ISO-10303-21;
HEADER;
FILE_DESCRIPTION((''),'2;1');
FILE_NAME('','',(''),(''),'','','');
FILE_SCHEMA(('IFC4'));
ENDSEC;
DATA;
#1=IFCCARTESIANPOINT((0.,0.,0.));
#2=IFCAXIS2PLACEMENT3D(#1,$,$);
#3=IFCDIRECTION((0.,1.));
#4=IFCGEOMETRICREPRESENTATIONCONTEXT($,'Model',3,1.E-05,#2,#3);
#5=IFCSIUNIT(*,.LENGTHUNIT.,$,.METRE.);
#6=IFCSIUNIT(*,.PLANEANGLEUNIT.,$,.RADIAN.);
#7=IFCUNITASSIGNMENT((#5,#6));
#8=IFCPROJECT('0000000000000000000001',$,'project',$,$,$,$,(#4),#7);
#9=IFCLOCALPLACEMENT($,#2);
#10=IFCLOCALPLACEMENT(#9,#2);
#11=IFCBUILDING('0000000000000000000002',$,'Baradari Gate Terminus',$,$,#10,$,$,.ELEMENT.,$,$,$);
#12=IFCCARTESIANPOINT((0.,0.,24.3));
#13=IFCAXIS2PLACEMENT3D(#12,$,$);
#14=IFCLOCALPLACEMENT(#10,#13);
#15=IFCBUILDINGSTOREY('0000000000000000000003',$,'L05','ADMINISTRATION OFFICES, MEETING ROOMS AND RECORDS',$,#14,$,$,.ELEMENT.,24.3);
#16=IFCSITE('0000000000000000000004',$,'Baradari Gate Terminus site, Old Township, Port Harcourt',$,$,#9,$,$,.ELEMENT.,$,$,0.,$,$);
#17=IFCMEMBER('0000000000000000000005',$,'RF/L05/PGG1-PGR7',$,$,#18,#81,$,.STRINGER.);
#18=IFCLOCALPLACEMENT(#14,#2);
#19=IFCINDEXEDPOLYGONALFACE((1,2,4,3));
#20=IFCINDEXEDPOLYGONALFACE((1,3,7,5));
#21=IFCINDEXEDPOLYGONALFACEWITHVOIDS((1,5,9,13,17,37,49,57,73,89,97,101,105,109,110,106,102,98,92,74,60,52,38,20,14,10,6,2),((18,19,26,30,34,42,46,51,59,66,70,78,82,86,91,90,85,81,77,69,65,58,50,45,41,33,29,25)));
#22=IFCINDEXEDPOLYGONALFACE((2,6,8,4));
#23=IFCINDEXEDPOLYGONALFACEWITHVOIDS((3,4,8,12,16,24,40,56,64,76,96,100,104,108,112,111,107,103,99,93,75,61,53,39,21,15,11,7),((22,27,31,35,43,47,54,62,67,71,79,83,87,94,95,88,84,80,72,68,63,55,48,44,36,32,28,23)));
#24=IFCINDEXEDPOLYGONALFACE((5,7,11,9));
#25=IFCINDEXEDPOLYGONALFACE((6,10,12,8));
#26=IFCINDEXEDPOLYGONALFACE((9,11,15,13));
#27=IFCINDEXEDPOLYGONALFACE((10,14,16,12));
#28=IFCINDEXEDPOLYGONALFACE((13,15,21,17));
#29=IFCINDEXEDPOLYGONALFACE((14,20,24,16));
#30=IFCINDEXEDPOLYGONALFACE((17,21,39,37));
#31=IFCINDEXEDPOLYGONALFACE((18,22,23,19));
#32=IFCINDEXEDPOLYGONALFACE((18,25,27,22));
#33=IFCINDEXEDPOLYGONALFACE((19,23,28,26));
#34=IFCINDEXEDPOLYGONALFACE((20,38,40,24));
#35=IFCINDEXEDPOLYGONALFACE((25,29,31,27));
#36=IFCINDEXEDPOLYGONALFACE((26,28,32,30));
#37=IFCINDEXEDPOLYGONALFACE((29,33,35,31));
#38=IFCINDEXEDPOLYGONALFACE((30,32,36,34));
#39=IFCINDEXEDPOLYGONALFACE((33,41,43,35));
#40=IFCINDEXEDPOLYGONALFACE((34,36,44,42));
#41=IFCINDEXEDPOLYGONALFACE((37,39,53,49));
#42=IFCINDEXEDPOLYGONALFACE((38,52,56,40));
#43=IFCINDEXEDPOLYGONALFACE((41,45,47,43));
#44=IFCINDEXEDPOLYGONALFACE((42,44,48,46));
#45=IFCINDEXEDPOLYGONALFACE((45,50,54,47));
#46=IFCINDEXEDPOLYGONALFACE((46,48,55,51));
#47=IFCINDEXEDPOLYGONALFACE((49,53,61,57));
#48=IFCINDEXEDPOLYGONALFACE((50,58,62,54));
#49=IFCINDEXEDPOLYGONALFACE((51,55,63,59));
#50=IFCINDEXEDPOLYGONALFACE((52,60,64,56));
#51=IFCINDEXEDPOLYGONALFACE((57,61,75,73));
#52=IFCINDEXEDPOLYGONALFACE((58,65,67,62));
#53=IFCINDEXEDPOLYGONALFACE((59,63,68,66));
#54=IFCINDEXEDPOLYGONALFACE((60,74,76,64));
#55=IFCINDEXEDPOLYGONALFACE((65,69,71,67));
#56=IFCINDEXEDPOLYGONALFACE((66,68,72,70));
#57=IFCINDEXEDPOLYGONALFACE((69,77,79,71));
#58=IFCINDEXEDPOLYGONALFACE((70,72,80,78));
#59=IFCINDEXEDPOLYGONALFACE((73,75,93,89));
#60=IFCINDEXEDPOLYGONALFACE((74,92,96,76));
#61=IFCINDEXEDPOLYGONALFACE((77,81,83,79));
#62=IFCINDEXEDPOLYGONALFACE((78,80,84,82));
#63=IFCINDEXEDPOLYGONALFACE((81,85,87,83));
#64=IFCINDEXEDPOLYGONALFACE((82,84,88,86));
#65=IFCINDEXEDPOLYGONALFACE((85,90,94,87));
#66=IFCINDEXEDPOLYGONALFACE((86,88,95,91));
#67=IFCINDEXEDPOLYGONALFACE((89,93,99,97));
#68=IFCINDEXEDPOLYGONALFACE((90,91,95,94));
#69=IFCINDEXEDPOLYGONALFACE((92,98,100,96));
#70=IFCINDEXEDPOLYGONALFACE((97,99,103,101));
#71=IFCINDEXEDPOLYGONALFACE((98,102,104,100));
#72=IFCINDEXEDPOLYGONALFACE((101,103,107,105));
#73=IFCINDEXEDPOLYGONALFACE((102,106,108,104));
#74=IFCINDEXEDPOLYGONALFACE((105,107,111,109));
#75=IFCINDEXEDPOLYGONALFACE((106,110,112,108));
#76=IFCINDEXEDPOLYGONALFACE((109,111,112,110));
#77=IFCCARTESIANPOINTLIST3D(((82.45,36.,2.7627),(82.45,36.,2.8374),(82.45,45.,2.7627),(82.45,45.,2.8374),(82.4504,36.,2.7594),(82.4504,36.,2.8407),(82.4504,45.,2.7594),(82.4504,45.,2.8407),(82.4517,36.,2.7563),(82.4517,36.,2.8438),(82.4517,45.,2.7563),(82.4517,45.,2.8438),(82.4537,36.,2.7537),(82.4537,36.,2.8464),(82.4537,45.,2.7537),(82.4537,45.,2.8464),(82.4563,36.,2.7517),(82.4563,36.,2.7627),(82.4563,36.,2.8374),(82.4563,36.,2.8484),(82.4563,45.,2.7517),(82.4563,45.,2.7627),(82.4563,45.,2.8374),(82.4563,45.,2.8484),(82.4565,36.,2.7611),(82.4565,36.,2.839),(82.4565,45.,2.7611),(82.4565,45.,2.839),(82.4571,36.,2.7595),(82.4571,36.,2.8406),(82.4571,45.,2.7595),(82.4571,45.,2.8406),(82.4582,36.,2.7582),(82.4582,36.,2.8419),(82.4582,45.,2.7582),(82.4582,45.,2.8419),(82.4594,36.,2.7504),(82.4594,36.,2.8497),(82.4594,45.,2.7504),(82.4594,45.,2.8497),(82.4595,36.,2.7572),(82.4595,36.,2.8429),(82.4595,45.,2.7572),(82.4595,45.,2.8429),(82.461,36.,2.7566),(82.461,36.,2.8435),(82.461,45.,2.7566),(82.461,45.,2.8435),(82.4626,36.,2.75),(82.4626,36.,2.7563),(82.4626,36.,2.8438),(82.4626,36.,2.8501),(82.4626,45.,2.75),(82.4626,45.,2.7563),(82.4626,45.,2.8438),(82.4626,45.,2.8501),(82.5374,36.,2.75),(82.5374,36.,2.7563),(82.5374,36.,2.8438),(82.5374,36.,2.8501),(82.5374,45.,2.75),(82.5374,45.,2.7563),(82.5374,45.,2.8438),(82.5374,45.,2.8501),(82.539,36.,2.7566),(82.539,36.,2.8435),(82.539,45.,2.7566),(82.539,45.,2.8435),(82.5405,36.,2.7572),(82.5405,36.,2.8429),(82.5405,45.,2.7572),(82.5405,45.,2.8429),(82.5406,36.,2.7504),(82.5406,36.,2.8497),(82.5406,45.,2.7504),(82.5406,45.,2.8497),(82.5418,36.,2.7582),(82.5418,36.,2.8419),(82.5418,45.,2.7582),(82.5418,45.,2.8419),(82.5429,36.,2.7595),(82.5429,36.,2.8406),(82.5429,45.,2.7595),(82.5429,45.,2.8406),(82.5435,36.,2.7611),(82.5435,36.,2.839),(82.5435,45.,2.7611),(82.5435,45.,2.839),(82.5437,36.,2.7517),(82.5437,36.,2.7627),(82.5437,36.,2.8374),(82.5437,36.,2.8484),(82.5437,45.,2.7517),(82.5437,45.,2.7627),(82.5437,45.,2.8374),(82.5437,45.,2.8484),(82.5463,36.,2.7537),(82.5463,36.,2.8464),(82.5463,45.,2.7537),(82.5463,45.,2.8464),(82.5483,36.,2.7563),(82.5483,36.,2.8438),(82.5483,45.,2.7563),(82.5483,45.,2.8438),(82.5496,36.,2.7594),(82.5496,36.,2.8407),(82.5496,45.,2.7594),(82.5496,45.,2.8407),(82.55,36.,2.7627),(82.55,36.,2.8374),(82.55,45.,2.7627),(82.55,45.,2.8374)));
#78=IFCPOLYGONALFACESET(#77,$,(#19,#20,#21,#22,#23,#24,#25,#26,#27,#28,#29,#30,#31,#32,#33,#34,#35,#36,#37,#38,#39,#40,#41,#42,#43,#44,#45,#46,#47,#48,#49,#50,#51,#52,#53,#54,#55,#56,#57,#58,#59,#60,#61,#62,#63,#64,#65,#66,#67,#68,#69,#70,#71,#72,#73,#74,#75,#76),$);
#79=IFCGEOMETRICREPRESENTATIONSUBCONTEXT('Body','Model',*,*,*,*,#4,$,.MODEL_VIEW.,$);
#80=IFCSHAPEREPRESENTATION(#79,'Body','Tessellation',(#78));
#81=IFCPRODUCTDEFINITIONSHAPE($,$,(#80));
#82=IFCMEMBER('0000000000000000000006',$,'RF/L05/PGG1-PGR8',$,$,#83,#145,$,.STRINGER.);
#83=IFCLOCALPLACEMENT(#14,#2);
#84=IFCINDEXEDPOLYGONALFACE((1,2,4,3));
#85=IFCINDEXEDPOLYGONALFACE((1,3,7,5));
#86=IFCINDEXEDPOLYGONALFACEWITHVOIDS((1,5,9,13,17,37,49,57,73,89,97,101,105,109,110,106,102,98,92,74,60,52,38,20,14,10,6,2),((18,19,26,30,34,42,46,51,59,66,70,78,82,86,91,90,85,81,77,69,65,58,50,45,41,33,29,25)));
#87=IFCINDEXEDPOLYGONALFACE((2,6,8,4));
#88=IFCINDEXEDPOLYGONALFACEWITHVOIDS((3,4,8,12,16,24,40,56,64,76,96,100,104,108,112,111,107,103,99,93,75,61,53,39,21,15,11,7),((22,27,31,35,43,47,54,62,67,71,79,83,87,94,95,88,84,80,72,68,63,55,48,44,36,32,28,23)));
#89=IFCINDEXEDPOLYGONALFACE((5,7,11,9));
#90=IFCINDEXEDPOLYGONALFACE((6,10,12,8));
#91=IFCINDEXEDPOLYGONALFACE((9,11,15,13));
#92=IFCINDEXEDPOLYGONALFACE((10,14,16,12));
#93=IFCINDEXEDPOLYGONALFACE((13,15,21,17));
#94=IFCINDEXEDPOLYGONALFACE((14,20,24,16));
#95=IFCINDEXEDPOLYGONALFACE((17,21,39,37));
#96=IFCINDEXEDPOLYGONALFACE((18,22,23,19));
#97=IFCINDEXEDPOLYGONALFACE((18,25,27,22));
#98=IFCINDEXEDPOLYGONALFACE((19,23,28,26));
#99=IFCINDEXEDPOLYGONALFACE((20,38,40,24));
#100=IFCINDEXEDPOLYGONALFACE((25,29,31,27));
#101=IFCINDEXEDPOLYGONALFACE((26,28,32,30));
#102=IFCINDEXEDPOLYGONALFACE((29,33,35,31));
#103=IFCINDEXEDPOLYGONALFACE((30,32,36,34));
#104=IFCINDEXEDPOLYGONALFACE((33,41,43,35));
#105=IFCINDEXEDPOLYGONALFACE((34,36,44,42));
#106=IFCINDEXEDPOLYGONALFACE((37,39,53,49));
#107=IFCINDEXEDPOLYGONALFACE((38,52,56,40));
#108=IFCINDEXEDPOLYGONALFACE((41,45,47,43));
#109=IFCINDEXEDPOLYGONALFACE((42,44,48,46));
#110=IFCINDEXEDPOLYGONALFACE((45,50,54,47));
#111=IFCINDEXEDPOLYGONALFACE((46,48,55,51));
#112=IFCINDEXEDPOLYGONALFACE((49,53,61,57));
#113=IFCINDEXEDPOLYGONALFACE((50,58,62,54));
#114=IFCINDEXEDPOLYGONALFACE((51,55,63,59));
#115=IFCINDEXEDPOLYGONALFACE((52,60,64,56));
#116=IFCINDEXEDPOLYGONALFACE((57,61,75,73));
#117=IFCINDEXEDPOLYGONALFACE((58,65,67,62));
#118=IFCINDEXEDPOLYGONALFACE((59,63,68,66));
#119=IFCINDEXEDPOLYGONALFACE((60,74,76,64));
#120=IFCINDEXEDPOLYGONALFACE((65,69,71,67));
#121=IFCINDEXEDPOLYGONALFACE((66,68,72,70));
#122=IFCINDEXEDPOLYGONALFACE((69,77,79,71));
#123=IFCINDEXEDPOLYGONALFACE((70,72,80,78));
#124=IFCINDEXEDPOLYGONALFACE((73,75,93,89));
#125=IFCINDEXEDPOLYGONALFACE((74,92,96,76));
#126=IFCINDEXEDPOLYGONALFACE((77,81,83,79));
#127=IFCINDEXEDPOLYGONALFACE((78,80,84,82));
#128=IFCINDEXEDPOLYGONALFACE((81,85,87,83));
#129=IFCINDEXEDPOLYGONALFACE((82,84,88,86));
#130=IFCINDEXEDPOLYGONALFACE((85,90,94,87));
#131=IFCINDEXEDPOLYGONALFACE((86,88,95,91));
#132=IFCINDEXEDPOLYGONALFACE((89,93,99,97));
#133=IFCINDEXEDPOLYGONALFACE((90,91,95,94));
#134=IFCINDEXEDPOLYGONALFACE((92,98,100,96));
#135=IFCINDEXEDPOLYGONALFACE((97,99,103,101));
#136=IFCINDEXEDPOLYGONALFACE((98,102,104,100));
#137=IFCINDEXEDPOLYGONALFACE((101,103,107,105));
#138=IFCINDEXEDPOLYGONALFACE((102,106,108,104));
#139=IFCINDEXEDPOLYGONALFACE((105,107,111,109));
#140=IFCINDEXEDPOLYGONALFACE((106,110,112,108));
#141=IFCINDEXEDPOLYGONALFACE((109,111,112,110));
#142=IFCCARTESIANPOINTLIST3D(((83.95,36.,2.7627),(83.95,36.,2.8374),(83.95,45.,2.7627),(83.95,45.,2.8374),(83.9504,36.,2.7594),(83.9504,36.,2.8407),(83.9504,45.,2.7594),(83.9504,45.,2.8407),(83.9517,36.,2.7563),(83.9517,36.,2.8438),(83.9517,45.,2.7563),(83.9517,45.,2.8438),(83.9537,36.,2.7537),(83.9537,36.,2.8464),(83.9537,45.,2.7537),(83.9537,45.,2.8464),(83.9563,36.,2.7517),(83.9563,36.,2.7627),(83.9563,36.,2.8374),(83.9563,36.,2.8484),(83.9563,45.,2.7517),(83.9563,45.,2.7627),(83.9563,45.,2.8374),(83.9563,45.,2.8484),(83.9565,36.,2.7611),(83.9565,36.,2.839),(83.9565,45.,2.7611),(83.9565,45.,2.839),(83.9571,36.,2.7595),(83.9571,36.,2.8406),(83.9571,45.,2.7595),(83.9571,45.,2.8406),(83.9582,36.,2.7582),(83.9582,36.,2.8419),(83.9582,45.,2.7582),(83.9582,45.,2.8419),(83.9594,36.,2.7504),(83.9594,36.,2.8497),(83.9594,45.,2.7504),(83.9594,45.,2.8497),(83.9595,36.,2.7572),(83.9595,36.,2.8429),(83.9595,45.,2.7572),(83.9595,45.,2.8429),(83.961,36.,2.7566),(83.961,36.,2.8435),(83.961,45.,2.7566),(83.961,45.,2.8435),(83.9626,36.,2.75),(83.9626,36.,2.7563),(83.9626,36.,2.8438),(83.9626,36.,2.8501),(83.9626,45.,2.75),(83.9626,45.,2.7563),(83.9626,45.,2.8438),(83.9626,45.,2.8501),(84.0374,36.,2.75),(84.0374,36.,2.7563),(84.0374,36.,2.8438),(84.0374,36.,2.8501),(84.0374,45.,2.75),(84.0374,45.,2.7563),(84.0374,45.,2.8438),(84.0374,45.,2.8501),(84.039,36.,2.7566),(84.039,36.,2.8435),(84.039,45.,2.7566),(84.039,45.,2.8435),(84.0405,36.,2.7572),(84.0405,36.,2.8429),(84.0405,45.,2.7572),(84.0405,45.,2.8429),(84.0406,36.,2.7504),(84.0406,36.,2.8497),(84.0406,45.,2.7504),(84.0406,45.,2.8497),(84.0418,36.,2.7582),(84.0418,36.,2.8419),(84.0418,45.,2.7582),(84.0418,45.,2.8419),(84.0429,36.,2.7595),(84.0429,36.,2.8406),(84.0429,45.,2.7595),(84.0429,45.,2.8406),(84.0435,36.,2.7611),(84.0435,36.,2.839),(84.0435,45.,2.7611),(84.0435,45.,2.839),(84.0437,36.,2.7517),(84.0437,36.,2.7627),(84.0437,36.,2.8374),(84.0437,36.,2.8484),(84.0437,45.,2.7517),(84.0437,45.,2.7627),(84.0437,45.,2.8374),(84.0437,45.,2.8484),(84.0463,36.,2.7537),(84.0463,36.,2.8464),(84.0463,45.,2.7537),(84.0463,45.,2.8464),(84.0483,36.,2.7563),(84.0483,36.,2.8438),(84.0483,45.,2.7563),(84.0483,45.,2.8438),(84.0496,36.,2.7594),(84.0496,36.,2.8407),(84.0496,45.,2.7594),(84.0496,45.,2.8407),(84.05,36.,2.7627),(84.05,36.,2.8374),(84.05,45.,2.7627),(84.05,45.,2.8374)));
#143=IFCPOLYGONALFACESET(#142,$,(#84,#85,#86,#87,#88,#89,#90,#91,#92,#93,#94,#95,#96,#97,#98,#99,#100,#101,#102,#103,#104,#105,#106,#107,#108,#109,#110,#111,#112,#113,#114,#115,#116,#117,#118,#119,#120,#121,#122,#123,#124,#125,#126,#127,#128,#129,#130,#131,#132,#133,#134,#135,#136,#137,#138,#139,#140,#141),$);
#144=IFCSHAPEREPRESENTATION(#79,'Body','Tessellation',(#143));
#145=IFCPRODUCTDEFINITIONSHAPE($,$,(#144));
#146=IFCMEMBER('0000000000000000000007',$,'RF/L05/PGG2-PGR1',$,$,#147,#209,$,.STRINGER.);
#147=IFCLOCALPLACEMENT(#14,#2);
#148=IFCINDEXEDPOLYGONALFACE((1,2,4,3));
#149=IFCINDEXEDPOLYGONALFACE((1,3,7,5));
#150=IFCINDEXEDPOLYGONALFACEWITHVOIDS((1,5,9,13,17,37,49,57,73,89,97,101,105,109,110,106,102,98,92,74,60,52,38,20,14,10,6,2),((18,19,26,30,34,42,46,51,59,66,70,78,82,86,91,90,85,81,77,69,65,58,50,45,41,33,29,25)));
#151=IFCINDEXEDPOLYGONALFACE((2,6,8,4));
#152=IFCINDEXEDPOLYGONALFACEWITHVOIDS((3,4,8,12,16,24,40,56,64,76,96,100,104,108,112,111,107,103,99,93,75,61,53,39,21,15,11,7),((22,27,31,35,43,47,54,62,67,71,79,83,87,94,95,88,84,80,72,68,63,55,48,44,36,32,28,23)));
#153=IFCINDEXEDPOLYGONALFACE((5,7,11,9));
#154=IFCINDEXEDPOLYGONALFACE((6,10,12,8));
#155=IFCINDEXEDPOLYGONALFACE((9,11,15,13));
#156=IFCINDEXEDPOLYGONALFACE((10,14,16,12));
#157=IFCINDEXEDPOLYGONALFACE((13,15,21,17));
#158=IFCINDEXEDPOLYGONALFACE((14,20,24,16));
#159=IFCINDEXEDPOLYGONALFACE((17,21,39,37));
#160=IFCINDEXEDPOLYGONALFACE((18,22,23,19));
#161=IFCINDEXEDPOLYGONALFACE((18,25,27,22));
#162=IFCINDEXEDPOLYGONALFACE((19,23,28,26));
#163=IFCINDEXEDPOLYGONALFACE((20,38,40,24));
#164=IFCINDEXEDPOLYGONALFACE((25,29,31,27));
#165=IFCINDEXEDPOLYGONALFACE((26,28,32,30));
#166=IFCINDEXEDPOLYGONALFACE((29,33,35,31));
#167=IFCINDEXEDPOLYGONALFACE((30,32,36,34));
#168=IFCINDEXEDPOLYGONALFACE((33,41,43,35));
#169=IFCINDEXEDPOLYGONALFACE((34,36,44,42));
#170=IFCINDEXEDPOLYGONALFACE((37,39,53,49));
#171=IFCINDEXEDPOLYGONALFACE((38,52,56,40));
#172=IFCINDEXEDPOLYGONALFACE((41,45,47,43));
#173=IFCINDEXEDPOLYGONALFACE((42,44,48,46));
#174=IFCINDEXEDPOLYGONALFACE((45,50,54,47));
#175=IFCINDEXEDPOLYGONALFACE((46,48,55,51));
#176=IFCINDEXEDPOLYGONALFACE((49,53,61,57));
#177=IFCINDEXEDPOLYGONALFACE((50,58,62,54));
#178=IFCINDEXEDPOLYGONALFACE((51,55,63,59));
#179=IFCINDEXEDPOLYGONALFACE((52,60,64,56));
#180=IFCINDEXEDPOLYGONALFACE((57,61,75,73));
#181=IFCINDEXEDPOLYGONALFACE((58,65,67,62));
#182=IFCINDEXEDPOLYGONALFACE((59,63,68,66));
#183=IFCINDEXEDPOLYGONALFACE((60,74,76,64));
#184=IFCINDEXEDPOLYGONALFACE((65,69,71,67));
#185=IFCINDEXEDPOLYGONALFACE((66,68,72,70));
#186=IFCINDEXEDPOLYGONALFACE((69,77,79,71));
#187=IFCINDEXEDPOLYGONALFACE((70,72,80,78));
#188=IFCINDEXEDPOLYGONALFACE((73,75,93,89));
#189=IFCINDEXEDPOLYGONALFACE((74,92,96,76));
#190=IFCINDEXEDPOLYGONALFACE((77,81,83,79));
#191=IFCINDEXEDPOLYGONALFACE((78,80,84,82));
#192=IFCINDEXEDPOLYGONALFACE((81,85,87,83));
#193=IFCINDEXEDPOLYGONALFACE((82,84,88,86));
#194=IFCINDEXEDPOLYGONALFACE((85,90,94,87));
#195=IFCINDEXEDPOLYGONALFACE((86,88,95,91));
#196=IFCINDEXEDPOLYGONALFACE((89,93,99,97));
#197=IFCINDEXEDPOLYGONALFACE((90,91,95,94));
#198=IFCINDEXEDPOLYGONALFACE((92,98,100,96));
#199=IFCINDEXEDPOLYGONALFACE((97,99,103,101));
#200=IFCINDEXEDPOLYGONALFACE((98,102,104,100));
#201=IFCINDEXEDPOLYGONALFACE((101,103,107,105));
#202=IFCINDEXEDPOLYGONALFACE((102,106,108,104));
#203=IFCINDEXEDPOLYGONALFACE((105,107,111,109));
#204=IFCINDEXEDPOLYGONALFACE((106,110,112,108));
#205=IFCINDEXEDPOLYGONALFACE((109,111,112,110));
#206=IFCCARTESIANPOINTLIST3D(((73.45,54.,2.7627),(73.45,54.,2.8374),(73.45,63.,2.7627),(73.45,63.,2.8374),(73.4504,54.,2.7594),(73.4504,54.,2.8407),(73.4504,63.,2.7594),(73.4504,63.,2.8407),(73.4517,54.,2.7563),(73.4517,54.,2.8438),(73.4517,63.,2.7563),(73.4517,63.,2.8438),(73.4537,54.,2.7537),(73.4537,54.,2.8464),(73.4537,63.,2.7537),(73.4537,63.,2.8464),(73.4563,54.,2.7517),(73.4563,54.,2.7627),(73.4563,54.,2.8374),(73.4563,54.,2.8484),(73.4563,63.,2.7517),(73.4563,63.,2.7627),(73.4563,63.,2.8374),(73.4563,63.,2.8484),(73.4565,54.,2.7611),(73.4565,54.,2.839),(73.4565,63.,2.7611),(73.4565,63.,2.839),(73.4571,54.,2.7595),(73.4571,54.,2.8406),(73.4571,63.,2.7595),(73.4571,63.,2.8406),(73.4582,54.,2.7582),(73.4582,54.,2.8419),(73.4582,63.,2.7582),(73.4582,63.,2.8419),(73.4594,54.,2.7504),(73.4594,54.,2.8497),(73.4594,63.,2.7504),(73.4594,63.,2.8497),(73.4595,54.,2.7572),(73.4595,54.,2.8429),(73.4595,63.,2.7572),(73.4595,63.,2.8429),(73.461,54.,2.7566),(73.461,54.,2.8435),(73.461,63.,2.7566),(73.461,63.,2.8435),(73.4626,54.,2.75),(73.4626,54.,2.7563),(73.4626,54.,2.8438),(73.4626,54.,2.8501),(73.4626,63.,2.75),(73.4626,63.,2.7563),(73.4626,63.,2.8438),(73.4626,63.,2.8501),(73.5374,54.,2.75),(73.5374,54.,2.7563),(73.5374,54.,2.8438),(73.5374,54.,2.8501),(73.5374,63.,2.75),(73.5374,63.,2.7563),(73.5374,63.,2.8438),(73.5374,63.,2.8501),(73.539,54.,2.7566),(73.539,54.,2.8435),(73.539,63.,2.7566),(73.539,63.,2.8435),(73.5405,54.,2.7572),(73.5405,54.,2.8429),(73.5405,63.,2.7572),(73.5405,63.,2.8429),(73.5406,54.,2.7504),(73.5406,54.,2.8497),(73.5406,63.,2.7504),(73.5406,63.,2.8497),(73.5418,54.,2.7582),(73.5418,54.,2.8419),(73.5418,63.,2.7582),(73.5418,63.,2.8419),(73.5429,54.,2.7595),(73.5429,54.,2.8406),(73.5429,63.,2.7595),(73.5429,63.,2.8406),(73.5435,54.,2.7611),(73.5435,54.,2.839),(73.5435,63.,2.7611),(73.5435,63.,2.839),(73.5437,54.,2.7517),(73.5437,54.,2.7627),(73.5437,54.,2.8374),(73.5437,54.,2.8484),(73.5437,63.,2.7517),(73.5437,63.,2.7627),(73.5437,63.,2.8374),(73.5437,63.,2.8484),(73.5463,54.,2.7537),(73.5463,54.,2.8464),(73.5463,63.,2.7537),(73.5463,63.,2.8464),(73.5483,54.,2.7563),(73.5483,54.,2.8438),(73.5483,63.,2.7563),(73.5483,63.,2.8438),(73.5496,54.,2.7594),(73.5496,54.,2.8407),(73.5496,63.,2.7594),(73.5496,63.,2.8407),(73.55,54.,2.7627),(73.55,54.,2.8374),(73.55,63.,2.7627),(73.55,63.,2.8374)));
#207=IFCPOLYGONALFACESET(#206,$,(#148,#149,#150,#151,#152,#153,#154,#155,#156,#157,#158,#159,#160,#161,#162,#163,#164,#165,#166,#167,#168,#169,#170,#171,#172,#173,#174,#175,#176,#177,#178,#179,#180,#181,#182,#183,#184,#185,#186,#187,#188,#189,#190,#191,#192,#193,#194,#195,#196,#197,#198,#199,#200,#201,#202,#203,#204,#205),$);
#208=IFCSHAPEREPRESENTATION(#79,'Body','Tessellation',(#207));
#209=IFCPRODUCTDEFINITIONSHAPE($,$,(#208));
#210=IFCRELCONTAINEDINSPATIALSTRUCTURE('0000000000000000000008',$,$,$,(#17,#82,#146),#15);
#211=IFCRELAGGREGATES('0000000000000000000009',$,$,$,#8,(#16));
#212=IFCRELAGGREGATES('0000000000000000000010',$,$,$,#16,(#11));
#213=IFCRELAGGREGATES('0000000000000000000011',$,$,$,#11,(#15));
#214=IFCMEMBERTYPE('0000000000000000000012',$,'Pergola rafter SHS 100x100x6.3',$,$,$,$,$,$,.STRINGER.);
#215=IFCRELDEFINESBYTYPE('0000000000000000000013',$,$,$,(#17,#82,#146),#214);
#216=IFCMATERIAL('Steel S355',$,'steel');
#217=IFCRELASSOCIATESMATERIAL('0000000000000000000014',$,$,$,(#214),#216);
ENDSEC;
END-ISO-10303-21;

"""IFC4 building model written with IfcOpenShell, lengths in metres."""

from ifc_helpers import new_model, si_unit, direction, frame, origin, origin_2d, place, context, subcontext, project, spatial, hollow_rectangle, extrude, material, material_profile, profile_set, type_object, element, save


model = new_model("IFC4")

# Units and contexts
model_context = context("Model", 3, precision=1e-05, world=origin(), true_north=direction((0.0, 1.0)))
body_context = subcontext(model_context, "Body", "Model", "MODEL_VIEW")
ifc_project = project(units=[si_unit("LENGTHUNIT", "METRE"), si_unit("PLANEANGLEUNIT", "RADIAN")], contexts=[model_context])

# Site, building, storey
site_placement = place(None, origin())
site = spatial("IfcSite", under=ifc_project, at=site_placement, Name="Baradari Gate Terminus site, Old Township, Port Harcourt", CompositionType="ELEMENT", RefElevation=0.0)
building_placement = place(site_placement, origin())
building = spatial("IfcBuilding", under=site, at=building_placement, Name="Baradari Gate Terminus", CompositionType="ELEMENT")
storey_placement = place(building_placement, frame((0.0, 0.0, 24.3)))
storey = spatial("IfcBuildingStorey", under=building, at=storey_placement, Name="L05", Description="ADMINISTRATION OFFICES, MEETING ROOMS AND RECORDS", CompositionType="ELEMENT", Elevation=24.3)

# Members
ifc_material_1 = material(Name="Steel S355", Category="steel")
ifc_material_profile = material_profile(ifc_material_1, hollow_rectangle(XDim=0.1001, YDim=0.1001, WallThickness=0.0063, InnerFilletRadius=0.0063, OuterFilletRadius=0.0127, at=origin_2d()), Name="SHS 100x100x6.3")
ifc_profile_set = profile_set([ifc_material_profile], Name="Steel S355")
member_type = type_object("IfcMemberType", Name="Pergola rafter SHS 100x100x6.3", PredefinedType="STRINGER", material=ifc_profile_set)
for number, where, z_axis, x_axis, name in (
    (1, (82.5, 36.0, 2.8), (0.0, 1.0, 0.0), (-1.0, 0.0, 0.0), "RF/L05/PGG1-PGR7"),
    (2, (84.0, 36.0, 2.8), (0.0, 1.0, 0.0), (-1.0, 0.0, 0.0), "RF/L05/PGG1-PGR8"),
    (3, (73.5, 54.0, 2.8), (0.0, 1.0, 0.0), (-1.0, 0.0, 0.0), "RF/L05/PGG2-PGR1"),
):
    element("IfcMember", number, at=place(storey_placement, frame(where, z_axis=z_axis, x_axis=x_axis)), inside=storey, type_object=member_type, Name=name, PredefinedType="STRINGER", context=body_context, shape_type="SweptSolid", body=[
        extrude(hollow_rectangle(XDim=0.1001, YDim=0.1001, WallThickness=0.0063, InnerFilletRadius=0.0063, OuterFilletRadius=0.0127, at=origin_2d()), origin(), (0.0, 0.0, 1.0), 9.0),
    ])

save(model, "model.ifc")
